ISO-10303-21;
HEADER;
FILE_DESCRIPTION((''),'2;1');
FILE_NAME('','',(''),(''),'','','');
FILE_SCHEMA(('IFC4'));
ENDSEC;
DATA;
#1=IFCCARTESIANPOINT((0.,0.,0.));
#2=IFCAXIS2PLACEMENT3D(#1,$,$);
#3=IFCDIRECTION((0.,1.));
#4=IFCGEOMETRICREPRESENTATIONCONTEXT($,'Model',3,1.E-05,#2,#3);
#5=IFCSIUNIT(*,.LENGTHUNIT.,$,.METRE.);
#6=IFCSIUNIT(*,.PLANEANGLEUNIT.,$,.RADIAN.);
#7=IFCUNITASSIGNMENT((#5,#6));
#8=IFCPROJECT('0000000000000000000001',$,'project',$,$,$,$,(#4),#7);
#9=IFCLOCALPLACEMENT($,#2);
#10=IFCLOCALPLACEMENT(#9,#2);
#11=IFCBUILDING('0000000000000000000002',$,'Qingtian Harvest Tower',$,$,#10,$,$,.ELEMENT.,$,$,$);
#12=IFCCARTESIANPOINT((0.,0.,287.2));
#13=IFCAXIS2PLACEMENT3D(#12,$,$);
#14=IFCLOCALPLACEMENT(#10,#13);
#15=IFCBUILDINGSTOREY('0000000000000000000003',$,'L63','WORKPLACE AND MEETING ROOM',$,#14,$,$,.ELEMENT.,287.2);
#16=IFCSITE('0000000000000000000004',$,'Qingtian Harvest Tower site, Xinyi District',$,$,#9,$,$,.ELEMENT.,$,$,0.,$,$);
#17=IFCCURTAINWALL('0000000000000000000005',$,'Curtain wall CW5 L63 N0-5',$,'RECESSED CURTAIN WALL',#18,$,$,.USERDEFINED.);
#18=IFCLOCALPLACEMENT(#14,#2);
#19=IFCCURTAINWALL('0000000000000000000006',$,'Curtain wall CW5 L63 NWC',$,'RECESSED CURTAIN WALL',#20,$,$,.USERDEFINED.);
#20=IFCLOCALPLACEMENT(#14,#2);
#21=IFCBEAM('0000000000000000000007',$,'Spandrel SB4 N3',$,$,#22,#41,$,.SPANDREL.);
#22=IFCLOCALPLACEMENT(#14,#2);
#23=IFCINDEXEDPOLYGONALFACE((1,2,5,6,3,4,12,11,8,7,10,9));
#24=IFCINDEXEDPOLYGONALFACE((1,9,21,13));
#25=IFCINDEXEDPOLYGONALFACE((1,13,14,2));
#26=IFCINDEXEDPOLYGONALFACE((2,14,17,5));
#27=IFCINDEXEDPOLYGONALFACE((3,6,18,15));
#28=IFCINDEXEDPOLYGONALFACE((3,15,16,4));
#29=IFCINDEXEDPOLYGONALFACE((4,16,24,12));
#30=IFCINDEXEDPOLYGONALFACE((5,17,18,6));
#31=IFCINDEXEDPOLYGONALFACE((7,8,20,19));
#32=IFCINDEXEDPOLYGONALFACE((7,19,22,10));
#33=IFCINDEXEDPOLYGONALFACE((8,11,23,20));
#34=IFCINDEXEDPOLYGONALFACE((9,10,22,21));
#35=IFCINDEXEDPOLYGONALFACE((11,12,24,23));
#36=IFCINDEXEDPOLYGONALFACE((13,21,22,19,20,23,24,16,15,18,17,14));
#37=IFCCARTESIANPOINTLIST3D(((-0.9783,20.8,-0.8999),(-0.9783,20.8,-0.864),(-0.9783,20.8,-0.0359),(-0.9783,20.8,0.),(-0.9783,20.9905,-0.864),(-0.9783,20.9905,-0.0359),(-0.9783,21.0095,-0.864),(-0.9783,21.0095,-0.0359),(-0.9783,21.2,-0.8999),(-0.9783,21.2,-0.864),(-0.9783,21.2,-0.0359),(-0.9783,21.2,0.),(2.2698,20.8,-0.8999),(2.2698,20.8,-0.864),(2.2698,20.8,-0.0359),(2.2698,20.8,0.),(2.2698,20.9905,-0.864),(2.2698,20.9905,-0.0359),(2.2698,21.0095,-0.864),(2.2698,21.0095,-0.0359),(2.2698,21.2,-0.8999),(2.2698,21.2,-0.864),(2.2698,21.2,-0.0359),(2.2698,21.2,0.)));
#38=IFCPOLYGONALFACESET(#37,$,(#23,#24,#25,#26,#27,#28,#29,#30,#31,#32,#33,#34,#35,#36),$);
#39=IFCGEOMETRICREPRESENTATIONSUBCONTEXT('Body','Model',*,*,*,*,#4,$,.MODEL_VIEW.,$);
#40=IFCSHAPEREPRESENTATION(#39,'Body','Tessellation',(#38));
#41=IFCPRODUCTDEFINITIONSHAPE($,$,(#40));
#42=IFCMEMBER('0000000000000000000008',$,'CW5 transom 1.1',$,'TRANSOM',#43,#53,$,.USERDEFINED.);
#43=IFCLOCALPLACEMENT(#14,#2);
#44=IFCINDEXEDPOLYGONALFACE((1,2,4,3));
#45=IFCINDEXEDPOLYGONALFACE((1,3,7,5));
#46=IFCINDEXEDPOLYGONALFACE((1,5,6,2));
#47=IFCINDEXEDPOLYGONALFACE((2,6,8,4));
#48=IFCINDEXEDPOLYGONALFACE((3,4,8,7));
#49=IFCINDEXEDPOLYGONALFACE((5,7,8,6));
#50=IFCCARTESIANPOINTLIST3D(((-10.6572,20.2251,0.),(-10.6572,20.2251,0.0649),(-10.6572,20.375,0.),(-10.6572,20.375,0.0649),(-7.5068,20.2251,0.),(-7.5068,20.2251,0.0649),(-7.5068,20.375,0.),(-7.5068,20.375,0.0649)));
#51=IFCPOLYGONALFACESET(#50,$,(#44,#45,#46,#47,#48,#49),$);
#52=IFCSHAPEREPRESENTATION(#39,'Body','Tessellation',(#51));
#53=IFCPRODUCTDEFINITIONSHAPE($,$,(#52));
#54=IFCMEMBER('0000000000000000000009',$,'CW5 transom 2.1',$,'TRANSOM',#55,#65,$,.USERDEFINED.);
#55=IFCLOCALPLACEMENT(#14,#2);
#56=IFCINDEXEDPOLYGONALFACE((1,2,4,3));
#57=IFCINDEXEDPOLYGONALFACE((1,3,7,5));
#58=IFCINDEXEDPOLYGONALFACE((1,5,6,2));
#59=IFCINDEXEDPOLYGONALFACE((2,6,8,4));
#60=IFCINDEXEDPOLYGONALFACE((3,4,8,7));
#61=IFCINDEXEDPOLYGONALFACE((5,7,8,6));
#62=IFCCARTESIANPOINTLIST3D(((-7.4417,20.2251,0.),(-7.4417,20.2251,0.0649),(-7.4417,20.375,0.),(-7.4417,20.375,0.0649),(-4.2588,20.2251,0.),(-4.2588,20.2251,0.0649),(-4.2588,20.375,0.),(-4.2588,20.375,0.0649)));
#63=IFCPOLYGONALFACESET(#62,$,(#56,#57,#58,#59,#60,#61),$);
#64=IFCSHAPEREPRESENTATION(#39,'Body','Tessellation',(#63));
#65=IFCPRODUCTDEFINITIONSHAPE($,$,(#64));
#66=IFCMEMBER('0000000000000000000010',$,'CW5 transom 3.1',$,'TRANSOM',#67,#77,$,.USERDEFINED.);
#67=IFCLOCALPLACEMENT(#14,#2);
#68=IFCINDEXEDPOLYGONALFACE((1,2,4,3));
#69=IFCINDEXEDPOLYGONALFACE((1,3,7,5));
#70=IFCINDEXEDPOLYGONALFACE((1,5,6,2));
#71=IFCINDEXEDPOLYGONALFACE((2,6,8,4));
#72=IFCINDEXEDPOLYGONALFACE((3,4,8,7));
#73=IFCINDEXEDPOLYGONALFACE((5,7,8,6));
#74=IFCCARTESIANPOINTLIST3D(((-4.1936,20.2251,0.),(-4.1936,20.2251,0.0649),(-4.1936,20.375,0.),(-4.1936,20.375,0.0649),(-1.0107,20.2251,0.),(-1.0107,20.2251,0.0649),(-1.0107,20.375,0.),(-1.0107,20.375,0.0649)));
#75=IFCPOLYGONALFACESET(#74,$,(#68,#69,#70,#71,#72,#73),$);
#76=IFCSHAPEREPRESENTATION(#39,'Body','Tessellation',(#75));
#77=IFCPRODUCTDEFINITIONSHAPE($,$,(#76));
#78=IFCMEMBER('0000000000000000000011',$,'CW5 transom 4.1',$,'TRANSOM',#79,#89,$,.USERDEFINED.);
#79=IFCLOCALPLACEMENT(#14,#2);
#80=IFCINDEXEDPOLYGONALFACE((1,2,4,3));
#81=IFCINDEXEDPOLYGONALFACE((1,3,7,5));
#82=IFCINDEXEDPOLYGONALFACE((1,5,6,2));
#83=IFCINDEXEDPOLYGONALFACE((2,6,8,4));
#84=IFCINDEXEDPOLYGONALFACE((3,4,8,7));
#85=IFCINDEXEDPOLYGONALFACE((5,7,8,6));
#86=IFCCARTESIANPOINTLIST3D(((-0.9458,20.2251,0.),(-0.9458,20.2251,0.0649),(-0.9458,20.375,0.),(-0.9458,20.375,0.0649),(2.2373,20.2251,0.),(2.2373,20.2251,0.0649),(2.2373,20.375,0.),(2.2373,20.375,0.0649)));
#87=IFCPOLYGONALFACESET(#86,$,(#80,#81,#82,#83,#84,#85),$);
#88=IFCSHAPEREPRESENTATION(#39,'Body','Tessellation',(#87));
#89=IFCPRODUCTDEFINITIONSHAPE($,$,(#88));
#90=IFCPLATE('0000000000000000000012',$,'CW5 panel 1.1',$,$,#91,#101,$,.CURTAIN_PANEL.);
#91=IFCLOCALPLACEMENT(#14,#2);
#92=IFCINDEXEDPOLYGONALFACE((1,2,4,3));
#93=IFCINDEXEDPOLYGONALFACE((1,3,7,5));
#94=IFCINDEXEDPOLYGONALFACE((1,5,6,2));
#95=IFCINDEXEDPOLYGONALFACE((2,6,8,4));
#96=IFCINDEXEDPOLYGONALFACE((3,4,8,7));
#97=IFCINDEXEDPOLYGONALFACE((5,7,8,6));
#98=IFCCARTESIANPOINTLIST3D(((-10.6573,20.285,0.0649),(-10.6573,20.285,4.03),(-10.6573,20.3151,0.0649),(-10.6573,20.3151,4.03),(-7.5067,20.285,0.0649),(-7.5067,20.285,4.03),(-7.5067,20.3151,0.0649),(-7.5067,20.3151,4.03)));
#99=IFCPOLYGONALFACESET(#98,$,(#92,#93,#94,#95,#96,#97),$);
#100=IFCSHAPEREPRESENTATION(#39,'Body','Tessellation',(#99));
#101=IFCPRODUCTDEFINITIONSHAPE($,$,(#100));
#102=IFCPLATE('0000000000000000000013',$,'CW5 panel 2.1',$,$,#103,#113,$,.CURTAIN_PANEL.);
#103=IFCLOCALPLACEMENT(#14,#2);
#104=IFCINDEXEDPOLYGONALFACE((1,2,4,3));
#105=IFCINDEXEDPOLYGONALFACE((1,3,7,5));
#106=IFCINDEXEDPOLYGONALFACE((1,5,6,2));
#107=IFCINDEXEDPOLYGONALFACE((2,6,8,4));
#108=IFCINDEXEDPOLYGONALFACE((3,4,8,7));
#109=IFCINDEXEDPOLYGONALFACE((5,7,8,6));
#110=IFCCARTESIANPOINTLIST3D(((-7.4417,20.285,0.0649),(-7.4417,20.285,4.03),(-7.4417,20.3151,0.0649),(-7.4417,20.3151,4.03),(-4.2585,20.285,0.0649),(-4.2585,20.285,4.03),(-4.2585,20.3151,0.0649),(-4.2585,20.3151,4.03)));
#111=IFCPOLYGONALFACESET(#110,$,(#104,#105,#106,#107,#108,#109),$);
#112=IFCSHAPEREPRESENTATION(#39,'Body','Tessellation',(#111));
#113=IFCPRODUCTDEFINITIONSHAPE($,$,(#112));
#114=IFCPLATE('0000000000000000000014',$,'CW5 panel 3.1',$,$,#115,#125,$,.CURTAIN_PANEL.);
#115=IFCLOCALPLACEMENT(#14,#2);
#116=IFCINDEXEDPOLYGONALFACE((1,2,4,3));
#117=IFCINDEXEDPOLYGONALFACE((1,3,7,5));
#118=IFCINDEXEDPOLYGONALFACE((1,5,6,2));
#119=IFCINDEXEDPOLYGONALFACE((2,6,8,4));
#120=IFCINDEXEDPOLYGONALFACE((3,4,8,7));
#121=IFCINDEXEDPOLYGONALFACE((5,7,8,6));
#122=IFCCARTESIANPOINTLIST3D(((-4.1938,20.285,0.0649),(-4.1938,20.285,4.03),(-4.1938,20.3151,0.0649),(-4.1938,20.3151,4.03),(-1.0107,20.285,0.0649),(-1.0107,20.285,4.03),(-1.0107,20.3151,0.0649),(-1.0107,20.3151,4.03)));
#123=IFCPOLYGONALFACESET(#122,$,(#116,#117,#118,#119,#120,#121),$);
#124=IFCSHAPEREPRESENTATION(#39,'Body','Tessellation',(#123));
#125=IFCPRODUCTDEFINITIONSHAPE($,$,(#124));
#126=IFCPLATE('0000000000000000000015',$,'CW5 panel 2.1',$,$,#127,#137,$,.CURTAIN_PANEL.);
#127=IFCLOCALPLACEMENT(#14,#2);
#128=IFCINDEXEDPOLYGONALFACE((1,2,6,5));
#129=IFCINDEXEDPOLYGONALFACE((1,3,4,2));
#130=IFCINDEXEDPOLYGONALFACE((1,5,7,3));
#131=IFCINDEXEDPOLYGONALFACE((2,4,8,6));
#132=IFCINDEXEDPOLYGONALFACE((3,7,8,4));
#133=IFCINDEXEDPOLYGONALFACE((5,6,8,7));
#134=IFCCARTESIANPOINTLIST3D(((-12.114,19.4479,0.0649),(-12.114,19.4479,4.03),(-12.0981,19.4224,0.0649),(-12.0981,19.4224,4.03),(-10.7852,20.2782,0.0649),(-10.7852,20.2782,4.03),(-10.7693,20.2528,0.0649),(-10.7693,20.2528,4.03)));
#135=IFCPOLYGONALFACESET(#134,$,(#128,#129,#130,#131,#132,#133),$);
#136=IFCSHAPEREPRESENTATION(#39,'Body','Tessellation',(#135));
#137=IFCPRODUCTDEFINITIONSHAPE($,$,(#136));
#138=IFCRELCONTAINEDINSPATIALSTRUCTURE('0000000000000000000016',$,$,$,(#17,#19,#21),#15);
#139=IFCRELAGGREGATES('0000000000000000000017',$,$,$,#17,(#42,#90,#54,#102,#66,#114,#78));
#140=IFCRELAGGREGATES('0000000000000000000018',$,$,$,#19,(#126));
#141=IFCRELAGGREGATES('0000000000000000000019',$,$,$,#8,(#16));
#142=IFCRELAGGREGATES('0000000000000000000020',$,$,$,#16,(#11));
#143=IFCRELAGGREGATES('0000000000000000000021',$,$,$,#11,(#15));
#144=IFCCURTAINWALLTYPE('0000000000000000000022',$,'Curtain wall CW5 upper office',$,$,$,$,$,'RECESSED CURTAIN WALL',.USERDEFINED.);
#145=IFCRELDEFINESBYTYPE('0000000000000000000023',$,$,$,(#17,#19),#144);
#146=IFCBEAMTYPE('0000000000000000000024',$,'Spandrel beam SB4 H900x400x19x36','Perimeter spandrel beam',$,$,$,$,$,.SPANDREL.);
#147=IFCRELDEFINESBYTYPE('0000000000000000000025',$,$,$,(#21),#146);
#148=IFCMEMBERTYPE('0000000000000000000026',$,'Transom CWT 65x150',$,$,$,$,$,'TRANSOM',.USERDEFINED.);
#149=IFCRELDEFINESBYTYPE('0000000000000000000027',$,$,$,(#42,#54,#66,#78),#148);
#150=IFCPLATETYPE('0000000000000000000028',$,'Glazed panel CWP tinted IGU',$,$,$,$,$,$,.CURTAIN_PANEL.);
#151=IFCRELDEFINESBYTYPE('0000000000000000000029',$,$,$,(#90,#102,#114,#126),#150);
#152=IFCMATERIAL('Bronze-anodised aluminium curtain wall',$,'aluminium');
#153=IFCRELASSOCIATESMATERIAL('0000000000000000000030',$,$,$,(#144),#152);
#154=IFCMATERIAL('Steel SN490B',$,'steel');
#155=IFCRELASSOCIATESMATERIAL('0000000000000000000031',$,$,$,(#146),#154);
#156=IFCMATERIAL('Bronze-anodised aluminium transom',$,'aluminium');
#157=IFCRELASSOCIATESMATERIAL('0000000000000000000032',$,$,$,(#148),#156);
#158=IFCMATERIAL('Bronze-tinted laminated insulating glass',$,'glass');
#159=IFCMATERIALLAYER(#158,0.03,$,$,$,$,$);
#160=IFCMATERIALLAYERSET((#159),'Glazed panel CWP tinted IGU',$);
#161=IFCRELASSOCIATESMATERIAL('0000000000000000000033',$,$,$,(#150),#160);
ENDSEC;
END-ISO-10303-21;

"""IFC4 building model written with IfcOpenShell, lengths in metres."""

from ifc_helpers import new_model, si_unit, direction, frame, origin, origin_2d, place, context, subcontext, project, spatial, rectangle, i_section, extrude, material, layer, layer_set, material_profile, profile_set, type_object, element, aggregate, save


model = new_model("IFC4")

# Units and contexts
model_context = context("Model", 3, precision=1e-05, world=origin(), true_north=direction((0.0, 1.0)))
body_context = subcontext(model_context, "Body", "Model", "MODEL_VIEW")
ifc_project = project(units=[si_unit("LENGTHUNIT", "METRE"), si_unit("PLANEANGLEUNIT", "RADIAN")], contexts=[model_context])

# Site, building, storey
site_placement = place(None, origin())
site = spatial("IfcSite", under=ifc_project, at=site_placement, Name="Qingtian Harvest Tower site, Xinyi District", CompositionType="ELEMENT", RefElevation=0.0)
building_placement = place(site_placement, origin())
building = spatial("IfcBuilding", under=site, at=building_placement, Name="Qingtian Harvest Tower", CompositionType="ELEMENT")
storey_placement = place(building_placement, frame((0.0, 0.0, 287.2)))
storey = spatial("IfcBuildingStorey", under=building, at=storey_placement, Name="L63", Description="WORKPLACE AND MEETING ROOM", CompositionType="ELEMENT", Elevation=287.2)

# Curtain wall
ifc_material_1 = material(Name="Bronze-anodised aluminium curtain wall", Category="aluminium")
curtain_wall_type = type_object("IfcCurtainWallType", Name="Curtain wall CW5 upper office", ElementType="RECESSED CURTAIN WALL", PredefinedType="USERDEFINED", material=ifc_material_1)
curtain_wall_1_placement = place(storey_placement, origin())
curtain_wall_1 = element("IfcCurtainWall", 1, at=curtain_wall_1_placement, inside=storey, type_object=curtain_wall_type, Name="Curtain wall CW5 L63 N0-5", ObjectType="RECESSED CURTAIN WALL", PredefinedType="USERDEFINED")

# Curtain wall
curtain_wall_2_placement = place(storey_placement, origin())
curtain_wall_2 = element("IfcCurtainWall", 2, at=curtain_wall_2_placement, inside=storey, type_object=curtain_wall_type, Name="Curtain wall CW5 L63 NWC", ObjectType="RECESSED CURTAIN WALL", PredefinedType="USERDEFINED")

# Beam
ifc_material_2 = material(Name="Steel SN490B", Category="steel")
ifc_material_profile_1 = material_profile(ifc_material_2, i_section(OverallWidth=0.3999, OverallDepth=0.8999, WebThickness=0.019, FlangeThickness=0.0359, at=origin_2d()), Name="H900x400x19x36")
ifc_profile_set_1 = profile_set([ifc_material_profile_1], Name="Steel SN490B")
beam_type_1 = type_object("IfcBeamType", Name="Spandrel beam SB4 H900x400x19x36", Description="Perimeter spandrel beam", PredefinedType="SPANDREL", material=ifc_profile_set_1)
for number, where, z_axis, x_axis, name in (
    (3, (-0.9783, 21.0, -0.45), (1.0, 0.0, 0.0), (0.0, 1.0, 0.0), "Spandrel SB4 N3"),
):
    element("IfcBeam", number, at=place(storey_placement, frame(where, z_axis=z_axis, x_axis=x_axis)), inside=storey, type_object=beam_type_1, Name=name, PredefinedType="SPANDREL", context=body_context, shape_type="SweptSolid", body=[
        extrude(i_section(OverallWidth=0.3999, OverallDepth=0.8999, WebThickness=0.019, FlangeThickness=0.0359, at=origin_2d()), origin(), (0.0, 0.0, 1.0), 3.248),
    ])

# Members
ifc_material_3 = material(Name="Bronze-anodised aluminium transom", Category="aluminium")
ifc_material_profile_2 = material_profile(ifc_material_3, rectangle(XDim=0.1499, YDim=0.0649, at=origin_2d()), Name="AL 65x150")
ifc_profile_set_2 = profile_set([ifc_material_profile_2], Name="Bronze-anodised aluminium transom")
member_type_1 = type_object("IfcMemberType", Name="Transom CWT 65x150", ElementType="TRANSOM", PredefinedType="USERDEFINED", material=ifc_profile_set_2)
member_1_placement = place(storey_placement, frame((-10.6572, 20.3, 0.0325), z_axis=(1.0, 0.0, 0.0), x_axis=(0.0, 1.0, 0.0)))
member_1 = element("IfcMember", 4, at=member_1_placement, type_object=member_type_1, Name="CW5 transom 1.1", ObjectType="TRANSOM", PredefinedType="USERDEFINED", context=body_context, shape_type="SweptSolid", body=[
    extrude(rectangle(XDim=0.1499, YDim=0.0649, at=origin_2d()), origin(), (0.0, 0.0, 1.0), 3.1504),
])
member_2_placement = place(storey_placement, frame((-7.4417, 20.3, 0.0325), z_axis=(1.0, 0.0, 0.0), x_axis=(0.0, 1.0, 0.0)))
member_2 = element("IfcMember", 5, at=member_2_placement, type_object=member_type_1, Name="CW5 transom 2.1", ObjectType="TRANSOM", PredefinedType="USERDEFINED", context=body_context, shape_type="SweptSolid", body=[
    extrude(rectangle(XDim=0.1499, YDim=0.0649, at=origin_2d()), origin(), (0.0, 0.0, 1.0), 3.1829),
])
member_3_placement = place(storey_placement, frame((-4.1936, 20.3, 0.0325), z_axis=(1.0, 0.0, 0.0), x_axis=(0.0, 1.0, 0.0)))
member_3 = element("IfcMember", 6, at=member_3_placement, type_object=member_type_1, Name="CW5 transom 3.1", ObjectType="TRANSOM", PredefinedType="USERDEFINED", context=body_context, shape_type="SweptSolid", body=[
    extrude(rectangle(XDim=0.1499, YDim=0.0649, at=origin_2d()), origin(), (0.0, 0.0, 1.0), 3.1829),
])
member_4_placement = place(storey_placement, frame((-0.9458, 20.3, 0.0325), z_axis=(1.0, 0.0, 0.0), x_axis=(0.0, 1.0, 0.0)))
member_4 = element("IfcMember", 7, at=member_4_placement, type_object=member_type_1, Name="CW5 transom 4.1", ObjectType="TRANSOM", PredefinedType="USERDEFINED", context=body_context, shape_type="SweptSolid", body=[
    extrude(rectangle(XDim=0.1499, YDim=0.0649, at=origin_2d()), origin(), (0.0, 0.0, 1.0), 3.1831),
])

# Plates
ifc_material_4 = material(Name="Bronze-tinted laminated insulating glass", Category="glass")
ifc_layer_1 = layer(ifc_material_4, 0.03)
ifc_layer_set_1 = layer_set([ifc_layer_1], Name="Glazed panel CWP tinted IGU")
plate_type = type_object("IfcPlateType", Name="Glazed panel CWP tinted IGU", PredefinedType="CURTAIN_PANEL", material=ifc_layer_set_1)
plate_1_placement = place(storey_placement, frame((-9.082, 20.3, 0.0649), z_axis=(0.0, 0.0, 1.0), x_axis=(1.0, 0.0, 0.0)))
plate_1 = element("IfcPlate", 8, at=plate_1_placement, type_object=plate_type, Name="CW5 panel 1.1", PredefinedType="CURTAIN_PANEL", context=body_context, shape_type="SweptSolid", body=[
    extrude(rectangle(XDim=3.1506, YDim=0.03, at=origin_2d()), origin(), (0.0, 0.0, 1.0), 3.9651),
])
plate_2_placement = place(storey_placement, frame((-5.8501, 20.3, 0.0649), z_axis=(0.0, 0.0, 1.0), x_axis=(1.0, 0.0, 0.0)))
plate_2 = element("IfcPlate", 9, at=plate_2_placement, type_object=plate_type, Name="CW5 panel 2.1", PredefinedType="CURTAIN_PANEL", context=body_context, shape_type="SweptSolid", body=[
    extrude(rectangle(XDim=3.1831, YDim=0.03, at=origin_2d()), origin(), (0.0, 0.0, 1.0), 3.9651),
])
plate_3_placement = place(storey_placement, frame((-2.6023, 20.3, 0.0649), z_axis=(0.0, 0.0, 1.0), x_axis=(1.0, 0.0, 0.0)))
plate_3 = element("IfcPlate", 10, at=plate_3_placement, type_object=plate_type, Name="CW5 panel 3.1", PredefinedType="CURTAIN_PANEL", context=body_context, shape_type="SweptSolid", body=[
    extrude(rectangle(XDim=3.1831, YDim=0.03, at=origin_2d()), origin(), (0.0, 0.0, 1.0), 3.9651),
])
aggregate(curtain_wall_1, [member_1, plate_1, member_2, plate_2, member_3, plate_3, member_4])
plate_4_placement = place(storey_placement, frame((-11.4417, 19.8503, 0.0649), z_axis=(0.0, 0.0, 1.0), x_axis=(0.848048, 0.529919, 0.0)))
plate_4 = element("IfcPlate", 11, at=plate_4_placement, type_object=plate_type, Name="CW5 panel 2.1", PredefinedType="CURTAIN_PANEL", context=body_context, shape_type="SweptSolid", body=[
    extrude(rectangle(XDim=1.5669, YDim=0.03, at=origin_2d()), origin(), (0.0, 0.0, 1.0), 3.9651),
])
aggregate(curtain_wall_2, [plate_4])

save(model, "model.ifc")
